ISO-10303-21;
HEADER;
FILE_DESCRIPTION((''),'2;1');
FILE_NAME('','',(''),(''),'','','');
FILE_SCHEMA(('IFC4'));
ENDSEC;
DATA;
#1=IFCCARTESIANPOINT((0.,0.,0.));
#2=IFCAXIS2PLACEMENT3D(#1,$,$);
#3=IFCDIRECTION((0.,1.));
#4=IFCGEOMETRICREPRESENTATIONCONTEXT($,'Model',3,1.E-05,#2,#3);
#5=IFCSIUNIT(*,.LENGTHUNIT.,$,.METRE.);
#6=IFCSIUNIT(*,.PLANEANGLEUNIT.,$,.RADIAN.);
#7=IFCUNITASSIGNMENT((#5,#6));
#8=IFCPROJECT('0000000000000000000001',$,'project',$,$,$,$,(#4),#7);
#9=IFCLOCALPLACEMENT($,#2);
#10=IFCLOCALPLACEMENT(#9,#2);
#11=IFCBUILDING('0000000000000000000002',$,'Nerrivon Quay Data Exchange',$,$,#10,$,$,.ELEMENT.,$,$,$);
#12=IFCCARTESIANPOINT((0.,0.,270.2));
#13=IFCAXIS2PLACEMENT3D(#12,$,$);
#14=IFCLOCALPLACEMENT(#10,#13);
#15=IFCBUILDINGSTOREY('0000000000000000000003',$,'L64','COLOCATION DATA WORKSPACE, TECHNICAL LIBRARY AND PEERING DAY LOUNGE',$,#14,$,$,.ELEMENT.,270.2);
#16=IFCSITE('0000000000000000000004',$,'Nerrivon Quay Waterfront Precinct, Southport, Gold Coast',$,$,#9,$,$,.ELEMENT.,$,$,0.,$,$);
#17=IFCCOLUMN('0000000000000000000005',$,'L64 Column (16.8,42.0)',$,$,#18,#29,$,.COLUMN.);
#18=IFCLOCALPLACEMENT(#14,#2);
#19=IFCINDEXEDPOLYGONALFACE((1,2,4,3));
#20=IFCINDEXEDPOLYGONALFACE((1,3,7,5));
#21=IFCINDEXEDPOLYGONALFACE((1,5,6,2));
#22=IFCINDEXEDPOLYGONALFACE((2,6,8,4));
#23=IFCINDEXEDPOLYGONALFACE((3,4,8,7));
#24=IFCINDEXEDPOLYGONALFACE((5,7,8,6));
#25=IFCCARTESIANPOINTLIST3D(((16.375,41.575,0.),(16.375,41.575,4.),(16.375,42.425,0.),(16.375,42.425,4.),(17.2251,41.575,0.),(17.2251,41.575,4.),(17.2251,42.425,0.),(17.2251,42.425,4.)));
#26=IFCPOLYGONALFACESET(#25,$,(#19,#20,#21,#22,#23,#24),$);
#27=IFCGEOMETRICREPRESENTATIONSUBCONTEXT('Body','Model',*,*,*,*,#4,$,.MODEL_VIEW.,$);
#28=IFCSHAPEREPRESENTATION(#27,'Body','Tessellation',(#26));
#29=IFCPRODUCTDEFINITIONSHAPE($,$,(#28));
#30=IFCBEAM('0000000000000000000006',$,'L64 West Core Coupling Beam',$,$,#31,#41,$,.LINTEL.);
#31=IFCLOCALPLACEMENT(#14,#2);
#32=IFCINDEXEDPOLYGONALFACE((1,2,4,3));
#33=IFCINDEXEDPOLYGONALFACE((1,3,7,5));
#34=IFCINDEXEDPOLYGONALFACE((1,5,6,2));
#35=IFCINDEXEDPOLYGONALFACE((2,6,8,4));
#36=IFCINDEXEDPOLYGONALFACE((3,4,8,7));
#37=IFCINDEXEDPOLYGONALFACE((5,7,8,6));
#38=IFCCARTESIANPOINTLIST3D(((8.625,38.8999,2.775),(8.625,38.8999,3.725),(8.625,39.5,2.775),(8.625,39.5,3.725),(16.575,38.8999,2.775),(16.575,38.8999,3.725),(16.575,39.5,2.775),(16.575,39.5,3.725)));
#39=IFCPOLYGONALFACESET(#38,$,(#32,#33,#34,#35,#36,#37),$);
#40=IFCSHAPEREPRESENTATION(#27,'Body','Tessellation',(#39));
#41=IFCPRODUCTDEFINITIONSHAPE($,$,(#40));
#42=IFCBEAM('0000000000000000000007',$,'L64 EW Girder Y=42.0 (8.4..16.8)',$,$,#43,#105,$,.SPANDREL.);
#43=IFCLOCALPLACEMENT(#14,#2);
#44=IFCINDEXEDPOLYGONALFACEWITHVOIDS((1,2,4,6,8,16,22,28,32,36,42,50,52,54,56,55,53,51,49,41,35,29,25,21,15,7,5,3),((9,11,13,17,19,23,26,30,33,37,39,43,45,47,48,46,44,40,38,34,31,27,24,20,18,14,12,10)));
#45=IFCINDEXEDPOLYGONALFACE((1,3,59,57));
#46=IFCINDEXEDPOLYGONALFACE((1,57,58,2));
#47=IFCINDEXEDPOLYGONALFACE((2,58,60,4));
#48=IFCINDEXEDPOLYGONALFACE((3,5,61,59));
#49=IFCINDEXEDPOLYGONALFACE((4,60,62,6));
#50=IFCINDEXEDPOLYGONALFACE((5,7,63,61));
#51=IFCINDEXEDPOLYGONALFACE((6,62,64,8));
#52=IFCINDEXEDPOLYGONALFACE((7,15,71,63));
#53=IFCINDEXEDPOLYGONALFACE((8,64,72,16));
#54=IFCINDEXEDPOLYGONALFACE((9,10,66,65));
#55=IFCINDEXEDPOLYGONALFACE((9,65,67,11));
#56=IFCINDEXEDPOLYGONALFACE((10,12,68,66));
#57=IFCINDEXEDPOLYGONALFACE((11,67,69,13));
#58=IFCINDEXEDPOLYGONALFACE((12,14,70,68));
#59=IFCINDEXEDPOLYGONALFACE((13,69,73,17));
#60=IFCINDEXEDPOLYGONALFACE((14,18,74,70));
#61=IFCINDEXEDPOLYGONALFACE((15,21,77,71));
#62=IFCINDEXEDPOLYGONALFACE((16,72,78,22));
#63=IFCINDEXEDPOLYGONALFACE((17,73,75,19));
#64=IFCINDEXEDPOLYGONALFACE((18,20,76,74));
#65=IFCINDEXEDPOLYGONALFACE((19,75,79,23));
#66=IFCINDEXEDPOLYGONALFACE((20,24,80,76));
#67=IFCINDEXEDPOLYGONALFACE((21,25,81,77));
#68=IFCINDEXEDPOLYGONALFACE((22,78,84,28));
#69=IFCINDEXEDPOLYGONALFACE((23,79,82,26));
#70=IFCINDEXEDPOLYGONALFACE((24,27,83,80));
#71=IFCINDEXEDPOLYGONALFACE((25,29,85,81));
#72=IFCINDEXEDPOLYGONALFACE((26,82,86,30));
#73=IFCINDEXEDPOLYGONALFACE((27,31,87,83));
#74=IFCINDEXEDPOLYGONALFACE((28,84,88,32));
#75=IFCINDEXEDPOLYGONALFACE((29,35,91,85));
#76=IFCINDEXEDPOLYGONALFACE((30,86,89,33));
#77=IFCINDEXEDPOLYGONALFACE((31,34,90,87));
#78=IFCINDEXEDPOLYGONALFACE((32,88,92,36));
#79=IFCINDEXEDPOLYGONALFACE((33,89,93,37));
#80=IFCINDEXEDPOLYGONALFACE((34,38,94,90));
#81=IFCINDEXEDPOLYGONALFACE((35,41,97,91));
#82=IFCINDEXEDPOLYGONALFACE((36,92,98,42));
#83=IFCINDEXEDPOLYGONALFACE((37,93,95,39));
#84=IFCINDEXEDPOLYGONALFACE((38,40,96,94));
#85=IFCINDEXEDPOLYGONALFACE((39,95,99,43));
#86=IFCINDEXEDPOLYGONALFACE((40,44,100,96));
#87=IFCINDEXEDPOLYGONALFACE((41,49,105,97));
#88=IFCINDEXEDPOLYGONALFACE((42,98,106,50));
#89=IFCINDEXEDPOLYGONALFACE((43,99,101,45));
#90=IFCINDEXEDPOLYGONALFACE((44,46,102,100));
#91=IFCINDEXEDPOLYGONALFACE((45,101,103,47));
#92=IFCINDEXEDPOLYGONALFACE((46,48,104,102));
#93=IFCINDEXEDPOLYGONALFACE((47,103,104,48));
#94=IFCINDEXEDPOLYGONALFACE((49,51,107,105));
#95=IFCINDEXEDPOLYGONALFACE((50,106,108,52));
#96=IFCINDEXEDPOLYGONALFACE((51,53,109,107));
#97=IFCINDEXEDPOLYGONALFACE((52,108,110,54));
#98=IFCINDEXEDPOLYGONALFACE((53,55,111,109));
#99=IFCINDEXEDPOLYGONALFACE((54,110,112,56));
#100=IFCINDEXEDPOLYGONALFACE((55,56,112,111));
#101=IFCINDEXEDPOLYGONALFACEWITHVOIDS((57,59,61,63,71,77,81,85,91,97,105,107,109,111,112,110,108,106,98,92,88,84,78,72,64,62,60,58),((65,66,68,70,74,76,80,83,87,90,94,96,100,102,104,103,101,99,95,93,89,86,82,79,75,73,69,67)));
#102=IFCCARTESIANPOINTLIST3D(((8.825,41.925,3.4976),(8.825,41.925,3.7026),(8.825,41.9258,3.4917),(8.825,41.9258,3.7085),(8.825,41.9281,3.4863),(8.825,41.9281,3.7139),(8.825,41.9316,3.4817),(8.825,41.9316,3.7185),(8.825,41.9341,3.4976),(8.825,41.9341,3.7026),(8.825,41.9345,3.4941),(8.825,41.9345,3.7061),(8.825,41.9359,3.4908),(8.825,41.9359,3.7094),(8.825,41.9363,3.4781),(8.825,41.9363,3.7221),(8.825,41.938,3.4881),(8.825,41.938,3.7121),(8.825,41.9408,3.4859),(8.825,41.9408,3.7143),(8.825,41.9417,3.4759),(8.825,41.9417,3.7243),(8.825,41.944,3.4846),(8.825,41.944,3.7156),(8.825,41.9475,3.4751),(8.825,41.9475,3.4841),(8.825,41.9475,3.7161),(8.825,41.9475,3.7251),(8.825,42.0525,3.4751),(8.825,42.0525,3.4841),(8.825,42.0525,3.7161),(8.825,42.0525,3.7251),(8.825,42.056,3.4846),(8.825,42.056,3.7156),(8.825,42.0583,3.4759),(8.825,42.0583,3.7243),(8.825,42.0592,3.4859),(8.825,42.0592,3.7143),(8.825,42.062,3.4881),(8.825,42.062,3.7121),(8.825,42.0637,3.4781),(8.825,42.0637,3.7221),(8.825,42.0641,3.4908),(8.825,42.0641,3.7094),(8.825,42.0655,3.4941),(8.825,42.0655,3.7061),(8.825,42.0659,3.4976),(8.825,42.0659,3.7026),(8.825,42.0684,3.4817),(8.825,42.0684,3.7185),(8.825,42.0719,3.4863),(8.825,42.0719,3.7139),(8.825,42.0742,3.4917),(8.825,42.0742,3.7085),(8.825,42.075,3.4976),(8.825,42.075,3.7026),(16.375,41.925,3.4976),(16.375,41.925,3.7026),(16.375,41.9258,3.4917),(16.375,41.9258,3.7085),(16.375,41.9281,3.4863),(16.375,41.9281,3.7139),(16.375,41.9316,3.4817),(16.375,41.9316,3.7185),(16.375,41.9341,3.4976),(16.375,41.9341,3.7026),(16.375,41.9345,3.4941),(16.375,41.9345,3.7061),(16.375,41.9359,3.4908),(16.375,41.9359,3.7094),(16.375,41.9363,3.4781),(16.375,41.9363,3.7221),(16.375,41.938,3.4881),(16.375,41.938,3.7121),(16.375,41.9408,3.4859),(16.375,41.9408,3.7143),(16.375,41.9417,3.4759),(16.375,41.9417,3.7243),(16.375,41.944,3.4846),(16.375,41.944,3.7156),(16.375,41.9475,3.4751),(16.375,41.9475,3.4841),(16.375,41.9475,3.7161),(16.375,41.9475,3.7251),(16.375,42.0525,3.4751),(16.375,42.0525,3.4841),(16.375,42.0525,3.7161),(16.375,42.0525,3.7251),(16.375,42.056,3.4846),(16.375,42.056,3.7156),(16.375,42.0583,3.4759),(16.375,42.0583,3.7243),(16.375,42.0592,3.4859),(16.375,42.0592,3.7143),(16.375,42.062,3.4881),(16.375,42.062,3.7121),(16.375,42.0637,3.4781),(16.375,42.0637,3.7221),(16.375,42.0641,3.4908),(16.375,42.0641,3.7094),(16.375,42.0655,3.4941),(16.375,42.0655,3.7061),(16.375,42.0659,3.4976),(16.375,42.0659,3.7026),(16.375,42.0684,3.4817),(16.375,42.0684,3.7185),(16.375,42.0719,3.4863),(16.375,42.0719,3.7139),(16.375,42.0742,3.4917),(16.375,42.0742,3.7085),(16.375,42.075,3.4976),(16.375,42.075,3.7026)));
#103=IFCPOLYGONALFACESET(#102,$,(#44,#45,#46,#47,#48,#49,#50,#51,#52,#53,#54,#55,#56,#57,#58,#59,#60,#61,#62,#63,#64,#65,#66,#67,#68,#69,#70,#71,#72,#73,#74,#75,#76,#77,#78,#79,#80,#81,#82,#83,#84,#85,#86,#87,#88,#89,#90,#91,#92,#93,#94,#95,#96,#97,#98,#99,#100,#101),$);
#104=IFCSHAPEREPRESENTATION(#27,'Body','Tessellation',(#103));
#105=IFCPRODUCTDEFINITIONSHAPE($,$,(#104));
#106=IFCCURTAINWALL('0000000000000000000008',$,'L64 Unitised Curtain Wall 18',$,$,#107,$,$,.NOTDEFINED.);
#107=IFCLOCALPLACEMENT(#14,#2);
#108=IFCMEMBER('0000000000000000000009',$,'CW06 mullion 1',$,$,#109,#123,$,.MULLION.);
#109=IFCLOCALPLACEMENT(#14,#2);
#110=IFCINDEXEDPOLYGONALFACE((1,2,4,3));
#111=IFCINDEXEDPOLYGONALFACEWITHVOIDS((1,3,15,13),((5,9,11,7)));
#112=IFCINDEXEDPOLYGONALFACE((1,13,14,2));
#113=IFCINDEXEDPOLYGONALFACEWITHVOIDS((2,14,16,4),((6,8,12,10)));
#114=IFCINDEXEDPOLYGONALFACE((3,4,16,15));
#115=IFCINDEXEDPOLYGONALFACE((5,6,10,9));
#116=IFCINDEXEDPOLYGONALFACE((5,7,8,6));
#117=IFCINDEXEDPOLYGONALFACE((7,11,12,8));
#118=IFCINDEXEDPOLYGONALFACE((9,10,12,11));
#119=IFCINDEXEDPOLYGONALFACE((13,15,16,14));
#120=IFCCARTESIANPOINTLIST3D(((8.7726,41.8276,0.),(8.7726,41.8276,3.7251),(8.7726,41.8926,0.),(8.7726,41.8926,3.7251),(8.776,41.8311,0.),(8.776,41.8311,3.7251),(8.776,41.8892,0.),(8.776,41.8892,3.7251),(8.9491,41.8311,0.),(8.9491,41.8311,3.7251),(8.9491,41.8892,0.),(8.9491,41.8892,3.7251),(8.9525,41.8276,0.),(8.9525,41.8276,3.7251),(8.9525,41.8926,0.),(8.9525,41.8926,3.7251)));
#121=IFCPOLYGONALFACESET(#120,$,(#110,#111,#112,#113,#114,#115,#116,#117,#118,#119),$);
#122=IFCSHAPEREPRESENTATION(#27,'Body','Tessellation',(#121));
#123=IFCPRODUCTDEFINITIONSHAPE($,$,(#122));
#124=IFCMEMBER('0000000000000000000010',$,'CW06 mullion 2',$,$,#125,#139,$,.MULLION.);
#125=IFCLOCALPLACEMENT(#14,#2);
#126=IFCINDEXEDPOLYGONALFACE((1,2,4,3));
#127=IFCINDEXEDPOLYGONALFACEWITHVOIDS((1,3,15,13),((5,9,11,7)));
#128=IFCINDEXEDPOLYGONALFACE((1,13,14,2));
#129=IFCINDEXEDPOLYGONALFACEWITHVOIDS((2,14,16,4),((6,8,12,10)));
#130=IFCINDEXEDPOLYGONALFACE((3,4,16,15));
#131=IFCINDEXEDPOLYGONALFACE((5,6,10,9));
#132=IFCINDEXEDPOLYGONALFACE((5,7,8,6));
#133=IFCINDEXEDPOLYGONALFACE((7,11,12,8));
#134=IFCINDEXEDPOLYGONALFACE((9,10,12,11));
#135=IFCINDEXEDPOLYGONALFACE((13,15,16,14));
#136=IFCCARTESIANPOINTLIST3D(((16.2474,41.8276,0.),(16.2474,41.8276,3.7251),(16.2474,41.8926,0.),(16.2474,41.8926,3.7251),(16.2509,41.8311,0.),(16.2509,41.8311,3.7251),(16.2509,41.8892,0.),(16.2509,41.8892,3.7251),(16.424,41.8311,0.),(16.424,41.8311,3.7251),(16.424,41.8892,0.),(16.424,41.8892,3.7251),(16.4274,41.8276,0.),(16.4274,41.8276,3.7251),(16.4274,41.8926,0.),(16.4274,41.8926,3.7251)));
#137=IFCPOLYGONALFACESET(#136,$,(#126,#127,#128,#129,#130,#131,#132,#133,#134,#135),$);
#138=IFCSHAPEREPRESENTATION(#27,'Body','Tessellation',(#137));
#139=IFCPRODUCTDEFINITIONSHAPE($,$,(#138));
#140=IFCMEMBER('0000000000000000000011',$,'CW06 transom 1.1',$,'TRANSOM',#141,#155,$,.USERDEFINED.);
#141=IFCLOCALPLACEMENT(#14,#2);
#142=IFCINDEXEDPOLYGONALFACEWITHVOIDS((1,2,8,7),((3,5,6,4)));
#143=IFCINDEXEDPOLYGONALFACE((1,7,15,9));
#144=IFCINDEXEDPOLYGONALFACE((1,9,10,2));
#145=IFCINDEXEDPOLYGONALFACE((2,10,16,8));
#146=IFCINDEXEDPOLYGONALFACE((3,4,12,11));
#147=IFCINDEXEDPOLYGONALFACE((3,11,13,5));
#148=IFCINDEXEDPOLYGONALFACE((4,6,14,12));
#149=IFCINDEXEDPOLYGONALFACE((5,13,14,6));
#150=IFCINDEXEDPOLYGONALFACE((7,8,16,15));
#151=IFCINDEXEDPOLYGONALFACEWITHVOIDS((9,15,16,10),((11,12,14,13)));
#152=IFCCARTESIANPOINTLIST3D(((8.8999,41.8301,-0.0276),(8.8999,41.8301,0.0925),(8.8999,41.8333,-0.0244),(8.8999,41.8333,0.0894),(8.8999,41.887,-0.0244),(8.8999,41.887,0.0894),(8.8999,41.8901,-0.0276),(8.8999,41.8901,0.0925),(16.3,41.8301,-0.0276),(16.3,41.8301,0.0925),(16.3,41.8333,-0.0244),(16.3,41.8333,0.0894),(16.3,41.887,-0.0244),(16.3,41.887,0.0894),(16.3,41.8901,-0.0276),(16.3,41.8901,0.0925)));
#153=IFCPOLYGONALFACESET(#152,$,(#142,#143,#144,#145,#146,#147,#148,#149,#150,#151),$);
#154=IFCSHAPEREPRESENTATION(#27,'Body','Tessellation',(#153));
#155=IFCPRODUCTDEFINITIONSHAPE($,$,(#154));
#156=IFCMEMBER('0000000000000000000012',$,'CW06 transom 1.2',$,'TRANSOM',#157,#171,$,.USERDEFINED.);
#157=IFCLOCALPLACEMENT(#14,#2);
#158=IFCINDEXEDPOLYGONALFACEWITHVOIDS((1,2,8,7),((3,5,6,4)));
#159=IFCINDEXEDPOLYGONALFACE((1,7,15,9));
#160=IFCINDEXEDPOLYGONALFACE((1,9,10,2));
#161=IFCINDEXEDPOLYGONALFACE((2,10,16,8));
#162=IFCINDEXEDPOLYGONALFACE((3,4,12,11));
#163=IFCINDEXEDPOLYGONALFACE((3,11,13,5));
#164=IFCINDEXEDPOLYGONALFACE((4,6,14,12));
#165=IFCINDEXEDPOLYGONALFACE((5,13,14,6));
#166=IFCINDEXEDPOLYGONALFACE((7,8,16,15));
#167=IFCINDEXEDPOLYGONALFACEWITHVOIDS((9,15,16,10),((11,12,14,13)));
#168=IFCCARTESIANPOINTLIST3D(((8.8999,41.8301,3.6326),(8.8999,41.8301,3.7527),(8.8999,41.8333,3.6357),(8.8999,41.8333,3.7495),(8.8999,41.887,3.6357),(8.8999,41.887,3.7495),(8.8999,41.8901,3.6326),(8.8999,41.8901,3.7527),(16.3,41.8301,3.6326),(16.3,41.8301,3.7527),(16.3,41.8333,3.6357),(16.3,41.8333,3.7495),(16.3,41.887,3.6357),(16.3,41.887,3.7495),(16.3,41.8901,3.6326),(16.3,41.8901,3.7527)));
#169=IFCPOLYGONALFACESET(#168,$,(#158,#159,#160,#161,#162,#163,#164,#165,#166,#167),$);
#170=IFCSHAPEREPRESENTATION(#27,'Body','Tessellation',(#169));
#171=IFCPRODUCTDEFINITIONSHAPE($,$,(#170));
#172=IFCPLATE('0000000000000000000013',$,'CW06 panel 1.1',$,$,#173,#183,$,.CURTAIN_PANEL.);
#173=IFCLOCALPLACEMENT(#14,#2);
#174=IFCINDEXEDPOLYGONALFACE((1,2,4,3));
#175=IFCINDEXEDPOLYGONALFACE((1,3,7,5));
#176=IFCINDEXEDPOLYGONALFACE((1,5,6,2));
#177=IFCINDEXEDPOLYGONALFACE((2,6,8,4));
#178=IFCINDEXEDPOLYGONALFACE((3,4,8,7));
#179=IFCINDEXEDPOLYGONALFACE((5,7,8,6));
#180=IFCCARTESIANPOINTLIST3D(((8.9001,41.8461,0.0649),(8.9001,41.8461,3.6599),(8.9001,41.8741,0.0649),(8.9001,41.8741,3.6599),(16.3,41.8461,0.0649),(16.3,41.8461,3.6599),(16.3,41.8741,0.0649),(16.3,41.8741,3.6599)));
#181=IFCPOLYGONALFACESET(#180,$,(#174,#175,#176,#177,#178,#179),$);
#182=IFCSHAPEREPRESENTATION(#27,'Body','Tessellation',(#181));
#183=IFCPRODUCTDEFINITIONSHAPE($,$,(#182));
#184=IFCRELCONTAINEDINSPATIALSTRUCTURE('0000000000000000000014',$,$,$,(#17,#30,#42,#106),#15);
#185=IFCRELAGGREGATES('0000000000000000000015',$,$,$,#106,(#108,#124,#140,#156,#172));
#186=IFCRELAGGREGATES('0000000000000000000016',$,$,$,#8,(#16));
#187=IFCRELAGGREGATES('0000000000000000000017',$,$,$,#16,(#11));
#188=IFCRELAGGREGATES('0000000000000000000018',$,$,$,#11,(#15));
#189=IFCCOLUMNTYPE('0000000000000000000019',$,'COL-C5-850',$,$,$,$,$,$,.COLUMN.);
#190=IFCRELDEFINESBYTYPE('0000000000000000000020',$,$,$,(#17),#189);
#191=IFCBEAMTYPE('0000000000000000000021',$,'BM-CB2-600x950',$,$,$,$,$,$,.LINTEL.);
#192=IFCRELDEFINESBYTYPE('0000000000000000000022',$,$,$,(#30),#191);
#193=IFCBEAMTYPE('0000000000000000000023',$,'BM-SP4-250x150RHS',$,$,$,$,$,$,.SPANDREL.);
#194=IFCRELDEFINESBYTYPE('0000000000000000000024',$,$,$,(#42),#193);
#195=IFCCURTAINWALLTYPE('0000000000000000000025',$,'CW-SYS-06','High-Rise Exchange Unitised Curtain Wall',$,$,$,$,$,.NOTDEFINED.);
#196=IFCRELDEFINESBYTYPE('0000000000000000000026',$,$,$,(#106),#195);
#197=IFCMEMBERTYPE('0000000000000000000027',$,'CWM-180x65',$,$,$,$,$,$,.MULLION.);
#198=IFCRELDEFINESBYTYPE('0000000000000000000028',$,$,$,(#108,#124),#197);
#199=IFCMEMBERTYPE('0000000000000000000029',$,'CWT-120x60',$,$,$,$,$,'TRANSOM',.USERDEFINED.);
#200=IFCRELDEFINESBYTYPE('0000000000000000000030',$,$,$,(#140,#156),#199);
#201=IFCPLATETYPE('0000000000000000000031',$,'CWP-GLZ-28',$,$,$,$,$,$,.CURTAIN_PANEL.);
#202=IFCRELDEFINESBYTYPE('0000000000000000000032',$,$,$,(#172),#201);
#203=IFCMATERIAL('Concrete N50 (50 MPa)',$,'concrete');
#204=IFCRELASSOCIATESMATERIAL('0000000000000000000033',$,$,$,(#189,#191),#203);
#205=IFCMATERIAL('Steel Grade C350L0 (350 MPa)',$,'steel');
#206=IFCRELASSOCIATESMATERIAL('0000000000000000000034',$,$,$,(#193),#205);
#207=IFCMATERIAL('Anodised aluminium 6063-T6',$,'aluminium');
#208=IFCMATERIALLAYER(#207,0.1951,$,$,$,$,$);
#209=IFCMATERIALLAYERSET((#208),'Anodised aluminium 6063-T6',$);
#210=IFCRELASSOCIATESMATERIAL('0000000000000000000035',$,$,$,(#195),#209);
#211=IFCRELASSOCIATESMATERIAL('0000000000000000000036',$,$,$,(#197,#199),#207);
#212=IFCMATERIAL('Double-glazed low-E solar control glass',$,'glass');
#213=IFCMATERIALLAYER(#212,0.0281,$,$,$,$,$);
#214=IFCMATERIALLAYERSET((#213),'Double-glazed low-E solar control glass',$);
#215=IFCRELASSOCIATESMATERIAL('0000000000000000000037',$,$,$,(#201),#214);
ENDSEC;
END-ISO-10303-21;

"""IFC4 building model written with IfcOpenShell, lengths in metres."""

from ifc_helpers import new_model, si_unit, direction, frame, origin, origin_2d, place, context, subcontext, project, spatial, rectangle, hollow_rectangle, extrude, material, layer, layer_set, material_profile, profile_set, type_object, element, aggregate, save


model = new_model("IFC4")

# Units and contexts
model_context = context("Model", 3, precision=1e-05, world=origin(), true_north=direction((0.0, 1.0)))
body_context = subcontext(model_context, "Body", "Model", "MODEL_VIEW")
ifc_project = project(units=[si_unit("LENGTHUNIT", "METRE"), si_unit("PLANEANGLEUNIT", "RADIAN")], contexts=[model_context])

# Site, building, storey
site_placement = place(None, origin())
site = spatial("IfcSite", under=ifc_project, at=site_placement, Name="Nerrivon Quay Waterfront Precinct, Southport, Gold Coast", CompositionType="ELEMENT", RefElevation=0.0)
building_placement = place(site_placement, origin())
building = spatial("IfcBuilding", under=site, at=building_placement, Name="Nerrivon Quay Data Exchange", CompositionType="ELEMENT")
storey_placement = place(building_placement, frame((0.0, 0.0, 270.2)))
storey = spatial("IfcBuildingStorey", under=building, at=storey_placement, Name="L64", Description="COLOCATION DATA WORKSPACE, TECHNICAL LIBRARY AND PEERING DAY LOUNGE", CompositionType="ELEMENT", Elevation=270.2)

# Column
ifc_material_1 = material(Name="Concrete N50 (50 MPa)", Category="concrete")
ifc_material_profile_1 = material_profile(ifc_material_1, rectangle(XDim=0.8501, YDim=0.8501, at=origin_2d()), Name="RC-COL-850x850")
ifc_profile_set_1 = profile_set([ifc_material_profile_1], Name="Concrete N50 (50 MPa)")
column_type = type_object("IfcColumnType", Name="COL-C5-850", PredefinedType="COLUMN", material=ifc_profile_set_1)
column_placement = place(storey_placement, frame((16.8, 42.0, 0.0), z_axis=(0.0, 0.0, 1.0), x_axis=(1.0, 0.0, 0.0)))
element("IfcColumn", 1, at=column_placement, inside=storey, type_object=column_type, Name="L64 Column (16.8,42.0)", PredefinedType="COLUMN", context=body_context, shape_type="SweptSolid", body=[
    extrude(rectangle(XDim=0.8501, YDim=0.8501, at=origin_2d()), origin(), (0.0, 0.0, 1.0), 4.0),
])

# Beams
ifc_material_profile_2 = material_profile(ifc_material_1, rectangle(XDim=0.6001, YDim=0.95, at=origin_2d()), Name="RC-CB-600x950")
ifc_profile_set_2 = profile_set([ifc_material_profile_2], Name="Concrete N50 (50 MPa)")
beam_type_1 = type_object("IfcBeamType", Name="BM-CB2-600x950", PredefinedType="LINTEL", material=ifc_profile_set_2)
beam_1_placement = place(storey_placement, frame((8.625, 39.2, 3.25), z_axis=(1.0, 0.0, 0.0), x_axis=(0.0, 1.0, 0.0)))
element("IfcBeam", 2, at=beam_1_placement, inside=storey, type_object=beam_type_1, Name="L64 West Core Coupling Beam", PredefinedType="LINTEL", context=body_context, shape_type="SweptSolid", body=[
    extrude(rectangle(XDim=0.6001, YDim=0.95, at=origin_2d()), origin(), (0.0, 0.0, 1.0), 7.95),
])
ifc_material_2 = material(Name="Steel Grade C350L0 (350 MPa)", Category="steel")
ifc_material_profile_3 = material_profile(ifc_material_2, hollow_rectangle(XDim=0.1499, YDim=0.25, WallThickness=0.009, InnerFilletRadius=0.0134, OuterFilletRadius=0.0225, at=origin_2d()), Name="250x150x9.0RHS")
ifc_profile_set_3 = profile_set([ifc_material_profile_3], Name="Steel Grade C350L0 (350 MPa)")
beam_type_2 = type_object("IfcBeamType", Name="BM-SP4-250x150RHS", PredefinedType="SPANDREL", material=ifc_profile_set_3)
beam_2_placement = place(storey_placement, frame((8.825, 42.0, 3.6001), z_axis=(1.0, 0.0, 0.0), x_axis=(0.0, 1.0, 0.0)))
element("IfcBeam", 3, at=beam_2_placement, inside=storey, type_object=beam_type_2, Name="L64 EW Girder Y=42.0 (8.4..16.8)", PredefinedType="SPANDREL", context=body_context, shape_type="SweptSolid", body=[
    extrude(hollow_rectangle(XDim=0.1499, YDim=0.25, WallThickness=0.009, InnerFilletRadius=0.0134, OuterFilletRadius=0.0225, at=origin_2d()), origin(), (0.0, 0.0, 1.0), 7.55),
])

# Curtain wall, members, plate
ifc_material_3 = material(Name="Anodised aluminium 6063-T6", Category="aluminium")
ifc_layer_1 = layer(ifc_material_3, 0.1951)
ifc_layer_set_1 = layer_set([ifc_layer_1], Name="Anodised aluminium 6063-T6")
curtain_wall_type = type_object("IfcCurtainWallType", Name="CW-SYS-06", Description="High-Rise Exchange Unitised Curtain Wall", PredefinedType="NOTDEFINED", material=ifc_layer_set_1)
curtain_wall_placement = place(storey_placement, origin())
curtain_wall = element("IfcCurtainWall", 4, at=curtain_wall_placement, inside=storey, type_object=curtain_wall_type, Name="L64 Unitised Curtain Wall 18", PredefinedType="NOTDEFINED")
ifc_material_profile_4 = material_profile(ifc_material_3, hollow_rectangle(XDim=0.0649, YDim=0.1799, WallThickness=0.0034, at=origin_2d()), Name="ALU-MULL-180x65")
ifc_profile_set_4 = profile_set([ifc_material_profile_4], Name="Anodised aluminium 6063-T6")
member_type_1 = type_object("IfcMemberType", Name="CWM-180x65", PredefinedType="MULLION", material=ifc_profile_set_4)
member_1_placement = place(storey_placement, frame((8.8625, 41.8601, 0.0), z_axis=(0.0, 0.0, 1.0), x_axis=(0.0, 1.0, 0.0)))
member_1 = element("IfcMember", 5, at=member_1_placement, type_object=member_type_1, Name="CW06 mullion 1", PredefinedType="MULLION", context=body_context, shape_type="SweptSolid", body=[
    extrude(hollow_rectangle(XDim=0.0649, YDim=0.1799, WallThickness=0.0034, at=origin_2d()), origin(), (0.0, 0.0, 1.0), 3.7251),
])
member_2_placement = place(storey_placement, frame((16.3374, 41.8601, 0.0), z_axis=(0.0, 0.0, 1.0), x_axis=(0.0, 1.0, 0.0)))
member_2 = element("IfcMember", 6, at=member_2_placement, type_object=member_type_1, Name="CW06 mullion 2", PredefinedType="MULLION", context=body_context, shape_type="SweptSolid", body=[
    extrude(hollow_rectangle(XDim=0.0649, YDim=0.1799, WallThickness=0.0034, at=origin_2d()), origin(), (0.0, 0.0, 1.0), 3.7251),
])
ifc_material_profile_5 = material_profile(ifc_material_3, hollow_rectangle(XDim=0.0601, YDim=0.1201, WallThickness=0.0032, at=origin_2d()), Name="ALU-TRAN-120x60")
ifc_profile_set_5 = profile_set([ifc_material_profile_5], Name="Anodised aluminium 6063-T6")
member_type_2 = type_object("IfcMemberType", Name="CWT-120x60", ElementType="TRANSOM", PredefinedType="USERDEFINED", material=ifc_profile_set_5)
member_3_placement = place(storey_placement, frame((8.8999, 41.8601, 0.0325), z_axis=(1.0, 0.0, 0.0), x_axis=(0.0, 1.0, 0.0)))
member_3 = element("IfcMember", 7, at=member_3_placement, type_object=member_type_2, Name="CW06 transom 1.1", ObjectType="TRANSOM", PredefinedType="USERDEFINED", context=body_context, shape_type="SweptSolid", body=[
    extrude(hollow_rectangle(XDim=0.0601, YDim=0.1201, WallThickness=0.0032, at=origin_2d()), origin(), (0.0, 0.0, 1.0), 7.4001),
])
member_4_placement = place(storey_placement, frame((8.8999, 41.8601, 3.6926), z_axis=(1.0, 0.0, 0.0), x_axis=(0.0, 1.0, 0.0)))
member_4 = element("IfcMember", 8, at=member_4_placement, type_object=member_type_2, Name="CW06 transom 1.2", ObjectType="TRANSOM", PredefinedType="USERDEFINED", context=body_context, shape_type="SweptSolid", body=[
    extrude(hollow_rectangle(XDim=0.0601, YDim=0.1201, WallThickness=0.0032, at=origin_2d()), origin(), (0.0, 0.0, 1.0), 7.4001),
])
ifc_material_4 = material(Name="Double-glazed low-E solar control glass", Category="glass")
ifc_layer_2 = layer(ifc_material_4, 0.0281)
ifc_layer_set_2 = layer_set([ifc_layer_2], Name="Double-glazed low-E solar control glass")
plate_type = type_object("IfcPlateType", Name="CWP-GLZ-28", PredefinedType="CURTAIN_PANEL", material=ifc_layer_set_2)
plate_placement = place(storey_placement, frame((12.6001, 41.8601, 0.0649), z_axis=(0.0, 0.0, 1.0), x_axis=(1.0, 0.0, 0.0)))
plate = element("IfcPlate", 9, at=plate_placement, type_object=plate_type, Name="CW06 panel 1.1", PredefinedType="CURTAIN_PANEL", context=body_context, shape_type="SweptSolid", body=[
    extrude(rectangle(XDim=7.3999, YDim=0.0281, at=origin_2d()), origin(), (0.0, 0.0, 1.0), 3.595),
])
aggregate(curtain_wall, [member_1, member_2, member_3, member_4, plate])

save(model, "model.ifc")
